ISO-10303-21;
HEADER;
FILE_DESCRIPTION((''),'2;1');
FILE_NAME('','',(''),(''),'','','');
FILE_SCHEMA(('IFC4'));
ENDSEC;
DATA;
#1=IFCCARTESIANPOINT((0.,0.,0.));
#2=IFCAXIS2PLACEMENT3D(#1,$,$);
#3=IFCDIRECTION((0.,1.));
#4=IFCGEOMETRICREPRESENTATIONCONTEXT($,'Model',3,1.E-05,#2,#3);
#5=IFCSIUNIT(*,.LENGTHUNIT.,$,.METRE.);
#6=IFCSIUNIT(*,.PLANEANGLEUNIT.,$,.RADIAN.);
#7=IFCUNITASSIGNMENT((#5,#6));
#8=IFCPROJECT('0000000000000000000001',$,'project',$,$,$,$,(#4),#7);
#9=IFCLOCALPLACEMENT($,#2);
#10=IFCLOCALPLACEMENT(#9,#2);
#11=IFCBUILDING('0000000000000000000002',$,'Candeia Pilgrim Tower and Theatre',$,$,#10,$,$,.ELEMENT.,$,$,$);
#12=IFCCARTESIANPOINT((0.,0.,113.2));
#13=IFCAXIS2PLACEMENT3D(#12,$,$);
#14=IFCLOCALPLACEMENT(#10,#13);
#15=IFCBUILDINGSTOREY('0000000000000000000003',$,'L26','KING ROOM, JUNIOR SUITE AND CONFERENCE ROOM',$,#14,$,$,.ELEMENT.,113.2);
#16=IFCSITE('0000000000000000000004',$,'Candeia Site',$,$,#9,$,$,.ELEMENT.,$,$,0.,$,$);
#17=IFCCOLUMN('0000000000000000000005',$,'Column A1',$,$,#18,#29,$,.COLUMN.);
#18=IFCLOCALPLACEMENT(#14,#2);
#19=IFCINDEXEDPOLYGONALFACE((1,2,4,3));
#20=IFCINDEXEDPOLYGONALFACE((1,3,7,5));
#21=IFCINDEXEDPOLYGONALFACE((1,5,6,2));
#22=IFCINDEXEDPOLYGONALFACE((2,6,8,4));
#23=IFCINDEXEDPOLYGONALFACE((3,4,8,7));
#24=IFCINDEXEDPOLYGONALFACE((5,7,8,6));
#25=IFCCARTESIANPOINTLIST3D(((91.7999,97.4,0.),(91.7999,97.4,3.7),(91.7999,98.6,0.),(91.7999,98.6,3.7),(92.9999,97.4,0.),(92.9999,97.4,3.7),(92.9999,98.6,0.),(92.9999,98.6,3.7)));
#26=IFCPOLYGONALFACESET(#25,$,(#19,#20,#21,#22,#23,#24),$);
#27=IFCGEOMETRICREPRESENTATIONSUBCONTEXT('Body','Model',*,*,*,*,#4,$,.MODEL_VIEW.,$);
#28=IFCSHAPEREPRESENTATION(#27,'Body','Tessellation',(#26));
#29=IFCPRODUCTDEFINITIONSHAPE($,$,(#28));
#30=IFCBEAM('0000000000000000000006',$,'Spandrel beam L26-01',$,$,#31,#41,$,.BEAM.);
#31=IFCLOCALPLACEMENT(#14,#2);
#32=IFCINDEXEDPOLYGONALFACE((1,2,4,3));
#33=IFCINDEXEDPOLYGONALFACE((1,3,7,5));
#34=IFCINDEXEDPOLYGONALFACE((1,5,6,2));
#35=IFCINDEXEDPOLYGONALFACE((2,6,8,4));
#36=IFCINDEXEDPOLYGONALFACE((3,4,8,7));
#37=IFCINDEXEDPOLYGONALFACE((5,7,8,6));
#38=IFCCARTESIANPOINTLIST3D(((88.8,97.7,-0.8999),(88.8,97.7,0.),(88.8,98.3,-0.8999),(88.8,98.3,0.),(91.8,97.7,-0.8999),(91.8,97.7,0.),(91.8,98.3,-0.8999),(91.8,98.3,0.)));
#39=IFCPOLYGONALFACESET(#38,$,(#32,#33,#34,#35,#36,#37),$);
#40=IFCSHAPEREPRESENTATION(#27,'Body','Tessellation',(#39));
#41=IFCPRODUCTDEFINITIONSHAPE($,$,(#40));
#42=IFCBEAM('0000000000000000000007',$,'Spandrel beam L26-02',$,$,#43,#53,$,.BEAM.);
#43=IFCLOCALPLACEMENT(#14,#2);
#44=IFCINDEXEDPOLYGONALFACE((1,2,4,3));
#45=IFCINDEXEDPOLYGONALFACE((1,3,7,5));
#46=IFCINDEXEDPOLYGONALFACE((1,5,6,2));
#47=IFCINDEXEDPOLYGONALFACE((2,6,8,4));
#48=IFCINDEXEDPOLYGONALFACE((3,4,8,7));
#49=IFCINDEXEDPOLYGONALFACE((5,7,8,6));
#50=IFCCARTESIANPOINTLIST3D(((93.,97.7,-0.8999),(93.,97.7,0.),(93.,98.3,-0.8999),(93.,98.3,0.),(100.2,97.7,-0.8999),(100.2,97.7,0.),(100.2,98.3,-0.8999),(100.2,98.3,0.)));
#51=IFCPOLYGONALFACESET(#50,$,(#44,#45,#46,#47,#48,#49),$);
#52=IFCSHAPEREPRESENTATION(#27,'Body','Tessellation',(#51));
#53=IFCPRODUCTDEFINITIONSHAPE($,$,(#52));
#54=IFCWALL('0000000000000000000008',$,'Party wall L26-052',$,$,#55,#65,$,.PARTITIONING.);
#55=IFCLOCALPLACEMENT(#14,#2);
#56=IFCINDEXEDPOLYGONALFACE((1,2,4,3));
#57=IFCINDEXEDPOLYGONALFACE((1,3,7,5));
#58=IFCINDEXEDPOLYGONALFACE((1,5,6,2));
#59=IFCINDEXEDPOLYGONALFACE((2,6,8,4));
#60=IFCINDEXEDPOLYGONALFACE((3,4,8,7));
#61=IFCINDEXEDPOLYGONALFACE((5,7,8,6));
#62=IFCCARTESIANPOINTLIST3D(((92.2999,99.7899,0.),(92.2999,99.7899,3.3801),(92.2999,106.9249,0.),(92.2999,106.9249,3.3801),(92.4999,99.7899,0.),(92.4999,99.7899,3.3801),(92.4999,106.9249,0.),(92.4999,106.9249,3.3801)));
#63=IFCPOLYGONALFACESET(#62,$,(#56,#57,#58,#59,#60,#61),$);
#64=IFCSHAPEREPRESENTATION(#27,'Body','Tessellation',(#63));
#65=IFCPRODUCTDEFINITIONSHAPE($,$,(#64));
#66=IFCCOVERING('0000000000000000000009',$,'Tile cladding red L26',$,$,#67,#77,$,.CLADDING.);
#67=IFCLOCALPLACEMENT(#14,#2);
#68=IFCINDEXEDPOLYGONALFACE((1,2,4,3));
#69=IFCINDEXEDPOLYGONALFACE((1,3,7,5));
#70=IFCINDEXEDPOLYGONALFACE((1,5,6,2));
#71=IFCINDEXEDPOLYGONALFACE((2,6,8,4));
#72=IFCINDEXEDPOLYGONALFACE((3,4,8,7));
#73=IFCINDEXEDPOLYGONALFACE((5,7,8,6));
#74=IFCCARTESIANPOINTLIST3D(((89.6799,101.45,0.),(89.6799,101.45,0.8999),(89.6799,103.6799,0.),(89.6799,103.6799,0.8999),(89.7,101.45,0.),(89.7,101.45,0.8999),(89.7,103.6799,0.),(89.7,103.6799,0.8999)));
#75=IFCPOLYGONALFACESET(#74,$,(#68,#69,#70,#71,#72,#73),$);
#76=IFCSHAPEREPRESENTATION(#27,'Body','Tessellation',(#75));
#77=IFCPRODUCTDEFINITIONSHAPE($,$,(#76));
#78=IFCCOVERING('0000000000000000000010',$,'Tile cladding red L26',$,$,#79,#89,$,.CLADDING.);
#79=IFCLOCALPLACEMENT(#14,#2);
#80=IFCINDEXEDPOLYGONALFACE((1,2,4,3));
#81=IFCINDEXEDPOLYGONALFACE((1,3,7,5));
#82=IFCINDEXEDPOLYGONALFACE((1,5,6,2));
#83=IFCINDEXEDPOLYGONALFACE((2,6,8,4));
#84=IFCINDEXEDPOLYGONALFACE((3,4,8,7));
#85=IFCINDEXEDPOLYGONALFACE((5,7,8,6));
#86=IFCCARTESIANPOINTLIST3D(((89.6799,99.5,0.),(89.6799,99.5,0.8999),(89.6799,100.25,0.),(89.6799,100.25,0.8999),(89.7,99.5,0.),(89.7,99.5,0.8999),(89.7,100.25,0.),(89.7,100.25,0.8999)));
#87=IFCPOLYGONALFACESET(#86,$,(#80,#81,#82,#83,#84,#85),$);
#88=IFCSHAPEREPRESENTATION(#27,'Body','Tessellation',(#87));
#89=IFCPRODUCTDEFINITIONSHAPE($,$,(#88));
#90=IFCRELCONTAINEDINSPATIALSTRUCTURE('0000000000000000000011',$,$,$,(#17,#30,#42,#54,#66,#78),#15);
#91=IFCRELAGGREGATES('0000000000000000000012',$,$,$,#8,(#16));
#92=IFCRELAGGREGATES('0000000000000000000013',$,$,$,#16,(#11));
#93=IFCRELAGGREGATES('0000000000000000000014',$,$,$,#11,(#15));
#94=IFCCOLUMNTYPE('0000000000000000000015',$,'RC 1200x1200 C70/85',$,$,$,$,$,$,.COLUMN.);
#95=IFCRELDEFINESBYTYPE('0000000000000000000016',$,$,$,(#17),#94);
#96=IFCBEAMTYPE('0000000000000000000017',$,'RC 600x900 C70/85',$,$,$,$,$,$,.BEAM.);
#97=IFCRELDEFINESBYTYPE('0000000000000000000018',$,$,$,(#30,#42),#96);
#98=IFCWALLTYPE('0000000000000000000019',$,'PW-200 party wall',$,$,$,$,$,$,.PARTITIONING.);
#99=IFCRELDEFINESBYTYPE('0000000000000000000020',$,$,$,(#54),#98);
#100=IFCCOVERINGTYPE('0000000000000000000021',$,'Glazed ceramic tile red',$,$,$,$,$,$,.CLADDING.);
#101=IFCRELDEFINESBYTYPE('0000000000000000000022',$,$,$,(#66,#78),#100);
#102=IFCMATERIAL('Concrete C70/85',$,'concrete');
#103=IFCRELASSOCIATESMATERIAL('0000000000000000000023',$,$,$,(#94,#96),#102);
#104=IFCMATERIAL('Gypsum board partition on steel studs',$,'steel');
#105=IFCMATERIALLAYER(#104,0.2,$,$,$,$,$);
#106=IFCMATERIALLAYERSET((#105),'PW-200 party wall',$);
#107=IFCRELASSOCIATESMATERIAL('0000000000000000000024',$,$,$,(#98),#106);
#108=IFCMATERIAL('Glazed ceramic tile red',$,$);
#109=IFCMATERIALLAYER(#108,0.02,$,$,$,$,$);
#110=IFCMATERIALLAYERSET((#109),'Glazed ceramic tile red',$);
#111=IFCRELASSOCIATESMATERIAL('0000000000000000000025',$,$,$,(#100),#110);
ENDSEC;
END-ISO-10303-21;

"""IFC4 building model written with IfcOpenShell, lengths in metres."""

from ifc_helpers import new_model, si_unit, direction, frame, frame_2d, origin, origin_2d, place, context, subcontext, project, spatial, rectangle, extrude, material, layer, layer_set, material_profile, profile_set, type_object, element, save


model = new_model("IFC4")

# Units and contexts
model_context = context("Model", 3, precision=1e-05, world=origin(), true_north=direction((0.0, 1.0)))
body_context = subcontext(model_context, "Body", "Model", "MODEL_VIEW")
ifc_project = project(units=[si_unit("LENGTHUNIT", "METRE"), si_unit("PLANEANGLEUNIT", "RADIAN")], contexts=[model_context])

# Site, building, storey
site_placement = place(None, origin())
site = spatial("IfcSite", under=ifc_project, at=site_placement, Name="Candeia Site", CompositionType="ELEMENT", RefElevation=0.0)
building_placement = place(site_placement, origin())
building = spatial("IfcBuilding", under=site, at=building_placement, Name="Candeia Pilgrim Tower and Theatre", CompositionType="ELEMENT")
storey_placement = place(building_placement, frame((0.0, 0.0, 113.2)))
storey = spatial("IfcBuildingStorey", under=building, at=storey_placement, Name="L26", Description="KING ROOM, JUNIOR SUITE AND CONFERENCE ROOM", CompositionType="ELEMENT", Elevation=113.2)

# Column
ifc_material_1 = material(Name="Concrete C70/85", Category="concrete")
ifc_material_profile_1 = material_profile(ifc_material_1, rectangle(XDim=1.2, YDim=1.2, at=origin_2d()))
ifc_profile_set_1 = profile_set([ifc_material_profile_1], Name="Concrete C70/85")
column_type = type_object("IfcColumnType", Name="RC 1200x1200 C70/85", PredefinedType="COLUMN", material=ifc_profile_set_1)
column_placement = place(storey_placement, frame((92.3999, 98.0, 0.0), z_axis=(0.0, 0.0, 1.0), x_axis=(1.0, 0.0, 0.0)))
element("IfcColumn", 1, at=column_placement, inside=storey, type_object=column_type, Name="Column A1", PredefinedType="COLUMN", context=body_context, shape_type="SweptSolid", body=[
    extrude(rectangle(XDim=1.2, YDim=1.2, at=origin_2d()), origin(), (0.0, 0.0, 1.0), 3.7),
])

# Beams
ifc_material_profile_2 = material_profile(ifc_material_1, rectangle(XDim=0.6001, YDim=0.8999, at=origin_2d()))
ifc_profile_set_2 = profile_set([ifc_material_profile_2], Name="Concrete C70/85")
beam_type = type_object("IfcBeamType", Name="RC 600x900 C70/85", PredefinedType="BEAM", material=ifc_profile_set_2)
beam_1_placement = place(storey_placement, frame((88.8, 98.0, -0.45), z_axis=(1.0, 0.0, 0.0), x_axis=(0.0, 1.0, 0.0)))
element("IfcBeam", 2, at=beam_1_placement, inside=storey, type_object=beam_type, Name="Spandrel beam L26-01", PredefinedType="BEAM", context=body_context, shape_type="SweptSolid", body=[
    extrude(rectangle(XDim=0.6001, YDim=0.8999, at=origin_2d()), origin(), (0.0, 0.0, 1.0), 3.0),
])
beam_2_placement = place(storey_placement, frame((93.0, 98.0, -0.45), z_axis=(1.0, 0.0, 0.0), x_axis=(0.0, 1.0, 0.0)))
element("IfcBeam", 3, at=beam_2_placement, inside=storey, type_object=beam_type, Name="Spandrel beam L26-02", PredefinedType="BEAM", context=body_context, shape_type="SweptSolid", body=[
    extrude(rectangle(XDim=0.6001, YDim=0.8999, at=origin_2d()), origin(), (0.0, 0.0, 1.0), 7.2),
])

# Wall
ifc_material_2 = material(Name="Gypsum board partition on steel studs", Category="steel")
ifc_layer_1 = layer(ifc_material_2, 0.2)
ifc_layer_set_1 = layer_set([ifc_layer_1], Name="PW-200 party wall")
wall_type_1 = type_object("IfcWallType", Name="PW-200 party wall", PredefinedType="PARTITIONING", material=ifc_layer_set_1)
wall_1_placement = place(storey_placement, frame((92.3999, 99.79, 0.0), z_axis=(0.0, 0.0, 1.0), x_axis=(0.0, 1.0, 0.0)))
element("IfcWall", 4, at=wall_1_placement, inside=storey, type_object=wall_type_1, Name="Party wall L26-052", PredefinedType="PARTITIONING", context=body_context, shape_type="SweptSolid", body=[
    extrude(rectangle(XDim=7.135, YDim=0.2, at=frame_2d((3.5674, 0.0))), origin(), (0.0, 0.0, 1.0), 3.3801),
])

# Coverings
ifc_material_3 = material(Name="Glazed ceramic tile red")
ifc_layer_2 = layer(ifc_material_3, 0.02)
ifc_layer_set_2 = layer_set([ifc_layer_2], Name="Glazed ceramic tile red")
covering_type = type_object("IfcCoveringType", Name="Glazed ceramic tile red", PredefinedType="CLADDING", material=ifc_layer_set_2)
covering_1_placement = place(storey_placement, frame((89.6899, 102.5649, 0.0), z_axis=(0.0, 0.0, 1.0), x_axis=(0.0, -1.0, 0.0)))
element("IfcCovering", 5, at=covering_1_placement, inside=storey, type_object=covering_type, Name="Tile cladding red L26", PredefinedType="CLADDING", context=body_context, shape_type="SweptSolid", body=[
    extrude(rectangle(XDim=2.23, YDim=0.02, at=origin_2d()), origin(), (0.0, 0.0, 1.0), 0.8999),
])
covering_2_placement = place(storey_placement, frame((89.6899, 99.875, 0.0), z_axis=(0.0, 0.0, 1.0), x_axis=(0.0, -1.0, 0.0)))
element("IfcCovering", 6, at=covering_2_placement, inside=storey, type_object=covering_type, Name="Tile cladding red L26", PredefinedType="CLADDING", context=body_context, shape_type="SweptSolid", body=[
    extrude(rectangle(XDim=0.75, YDim=0.02, at=origin_2d()), origin(), (0.0, 0.0, 1.0), 0.8999),
])

save(model, "model.ifc")
